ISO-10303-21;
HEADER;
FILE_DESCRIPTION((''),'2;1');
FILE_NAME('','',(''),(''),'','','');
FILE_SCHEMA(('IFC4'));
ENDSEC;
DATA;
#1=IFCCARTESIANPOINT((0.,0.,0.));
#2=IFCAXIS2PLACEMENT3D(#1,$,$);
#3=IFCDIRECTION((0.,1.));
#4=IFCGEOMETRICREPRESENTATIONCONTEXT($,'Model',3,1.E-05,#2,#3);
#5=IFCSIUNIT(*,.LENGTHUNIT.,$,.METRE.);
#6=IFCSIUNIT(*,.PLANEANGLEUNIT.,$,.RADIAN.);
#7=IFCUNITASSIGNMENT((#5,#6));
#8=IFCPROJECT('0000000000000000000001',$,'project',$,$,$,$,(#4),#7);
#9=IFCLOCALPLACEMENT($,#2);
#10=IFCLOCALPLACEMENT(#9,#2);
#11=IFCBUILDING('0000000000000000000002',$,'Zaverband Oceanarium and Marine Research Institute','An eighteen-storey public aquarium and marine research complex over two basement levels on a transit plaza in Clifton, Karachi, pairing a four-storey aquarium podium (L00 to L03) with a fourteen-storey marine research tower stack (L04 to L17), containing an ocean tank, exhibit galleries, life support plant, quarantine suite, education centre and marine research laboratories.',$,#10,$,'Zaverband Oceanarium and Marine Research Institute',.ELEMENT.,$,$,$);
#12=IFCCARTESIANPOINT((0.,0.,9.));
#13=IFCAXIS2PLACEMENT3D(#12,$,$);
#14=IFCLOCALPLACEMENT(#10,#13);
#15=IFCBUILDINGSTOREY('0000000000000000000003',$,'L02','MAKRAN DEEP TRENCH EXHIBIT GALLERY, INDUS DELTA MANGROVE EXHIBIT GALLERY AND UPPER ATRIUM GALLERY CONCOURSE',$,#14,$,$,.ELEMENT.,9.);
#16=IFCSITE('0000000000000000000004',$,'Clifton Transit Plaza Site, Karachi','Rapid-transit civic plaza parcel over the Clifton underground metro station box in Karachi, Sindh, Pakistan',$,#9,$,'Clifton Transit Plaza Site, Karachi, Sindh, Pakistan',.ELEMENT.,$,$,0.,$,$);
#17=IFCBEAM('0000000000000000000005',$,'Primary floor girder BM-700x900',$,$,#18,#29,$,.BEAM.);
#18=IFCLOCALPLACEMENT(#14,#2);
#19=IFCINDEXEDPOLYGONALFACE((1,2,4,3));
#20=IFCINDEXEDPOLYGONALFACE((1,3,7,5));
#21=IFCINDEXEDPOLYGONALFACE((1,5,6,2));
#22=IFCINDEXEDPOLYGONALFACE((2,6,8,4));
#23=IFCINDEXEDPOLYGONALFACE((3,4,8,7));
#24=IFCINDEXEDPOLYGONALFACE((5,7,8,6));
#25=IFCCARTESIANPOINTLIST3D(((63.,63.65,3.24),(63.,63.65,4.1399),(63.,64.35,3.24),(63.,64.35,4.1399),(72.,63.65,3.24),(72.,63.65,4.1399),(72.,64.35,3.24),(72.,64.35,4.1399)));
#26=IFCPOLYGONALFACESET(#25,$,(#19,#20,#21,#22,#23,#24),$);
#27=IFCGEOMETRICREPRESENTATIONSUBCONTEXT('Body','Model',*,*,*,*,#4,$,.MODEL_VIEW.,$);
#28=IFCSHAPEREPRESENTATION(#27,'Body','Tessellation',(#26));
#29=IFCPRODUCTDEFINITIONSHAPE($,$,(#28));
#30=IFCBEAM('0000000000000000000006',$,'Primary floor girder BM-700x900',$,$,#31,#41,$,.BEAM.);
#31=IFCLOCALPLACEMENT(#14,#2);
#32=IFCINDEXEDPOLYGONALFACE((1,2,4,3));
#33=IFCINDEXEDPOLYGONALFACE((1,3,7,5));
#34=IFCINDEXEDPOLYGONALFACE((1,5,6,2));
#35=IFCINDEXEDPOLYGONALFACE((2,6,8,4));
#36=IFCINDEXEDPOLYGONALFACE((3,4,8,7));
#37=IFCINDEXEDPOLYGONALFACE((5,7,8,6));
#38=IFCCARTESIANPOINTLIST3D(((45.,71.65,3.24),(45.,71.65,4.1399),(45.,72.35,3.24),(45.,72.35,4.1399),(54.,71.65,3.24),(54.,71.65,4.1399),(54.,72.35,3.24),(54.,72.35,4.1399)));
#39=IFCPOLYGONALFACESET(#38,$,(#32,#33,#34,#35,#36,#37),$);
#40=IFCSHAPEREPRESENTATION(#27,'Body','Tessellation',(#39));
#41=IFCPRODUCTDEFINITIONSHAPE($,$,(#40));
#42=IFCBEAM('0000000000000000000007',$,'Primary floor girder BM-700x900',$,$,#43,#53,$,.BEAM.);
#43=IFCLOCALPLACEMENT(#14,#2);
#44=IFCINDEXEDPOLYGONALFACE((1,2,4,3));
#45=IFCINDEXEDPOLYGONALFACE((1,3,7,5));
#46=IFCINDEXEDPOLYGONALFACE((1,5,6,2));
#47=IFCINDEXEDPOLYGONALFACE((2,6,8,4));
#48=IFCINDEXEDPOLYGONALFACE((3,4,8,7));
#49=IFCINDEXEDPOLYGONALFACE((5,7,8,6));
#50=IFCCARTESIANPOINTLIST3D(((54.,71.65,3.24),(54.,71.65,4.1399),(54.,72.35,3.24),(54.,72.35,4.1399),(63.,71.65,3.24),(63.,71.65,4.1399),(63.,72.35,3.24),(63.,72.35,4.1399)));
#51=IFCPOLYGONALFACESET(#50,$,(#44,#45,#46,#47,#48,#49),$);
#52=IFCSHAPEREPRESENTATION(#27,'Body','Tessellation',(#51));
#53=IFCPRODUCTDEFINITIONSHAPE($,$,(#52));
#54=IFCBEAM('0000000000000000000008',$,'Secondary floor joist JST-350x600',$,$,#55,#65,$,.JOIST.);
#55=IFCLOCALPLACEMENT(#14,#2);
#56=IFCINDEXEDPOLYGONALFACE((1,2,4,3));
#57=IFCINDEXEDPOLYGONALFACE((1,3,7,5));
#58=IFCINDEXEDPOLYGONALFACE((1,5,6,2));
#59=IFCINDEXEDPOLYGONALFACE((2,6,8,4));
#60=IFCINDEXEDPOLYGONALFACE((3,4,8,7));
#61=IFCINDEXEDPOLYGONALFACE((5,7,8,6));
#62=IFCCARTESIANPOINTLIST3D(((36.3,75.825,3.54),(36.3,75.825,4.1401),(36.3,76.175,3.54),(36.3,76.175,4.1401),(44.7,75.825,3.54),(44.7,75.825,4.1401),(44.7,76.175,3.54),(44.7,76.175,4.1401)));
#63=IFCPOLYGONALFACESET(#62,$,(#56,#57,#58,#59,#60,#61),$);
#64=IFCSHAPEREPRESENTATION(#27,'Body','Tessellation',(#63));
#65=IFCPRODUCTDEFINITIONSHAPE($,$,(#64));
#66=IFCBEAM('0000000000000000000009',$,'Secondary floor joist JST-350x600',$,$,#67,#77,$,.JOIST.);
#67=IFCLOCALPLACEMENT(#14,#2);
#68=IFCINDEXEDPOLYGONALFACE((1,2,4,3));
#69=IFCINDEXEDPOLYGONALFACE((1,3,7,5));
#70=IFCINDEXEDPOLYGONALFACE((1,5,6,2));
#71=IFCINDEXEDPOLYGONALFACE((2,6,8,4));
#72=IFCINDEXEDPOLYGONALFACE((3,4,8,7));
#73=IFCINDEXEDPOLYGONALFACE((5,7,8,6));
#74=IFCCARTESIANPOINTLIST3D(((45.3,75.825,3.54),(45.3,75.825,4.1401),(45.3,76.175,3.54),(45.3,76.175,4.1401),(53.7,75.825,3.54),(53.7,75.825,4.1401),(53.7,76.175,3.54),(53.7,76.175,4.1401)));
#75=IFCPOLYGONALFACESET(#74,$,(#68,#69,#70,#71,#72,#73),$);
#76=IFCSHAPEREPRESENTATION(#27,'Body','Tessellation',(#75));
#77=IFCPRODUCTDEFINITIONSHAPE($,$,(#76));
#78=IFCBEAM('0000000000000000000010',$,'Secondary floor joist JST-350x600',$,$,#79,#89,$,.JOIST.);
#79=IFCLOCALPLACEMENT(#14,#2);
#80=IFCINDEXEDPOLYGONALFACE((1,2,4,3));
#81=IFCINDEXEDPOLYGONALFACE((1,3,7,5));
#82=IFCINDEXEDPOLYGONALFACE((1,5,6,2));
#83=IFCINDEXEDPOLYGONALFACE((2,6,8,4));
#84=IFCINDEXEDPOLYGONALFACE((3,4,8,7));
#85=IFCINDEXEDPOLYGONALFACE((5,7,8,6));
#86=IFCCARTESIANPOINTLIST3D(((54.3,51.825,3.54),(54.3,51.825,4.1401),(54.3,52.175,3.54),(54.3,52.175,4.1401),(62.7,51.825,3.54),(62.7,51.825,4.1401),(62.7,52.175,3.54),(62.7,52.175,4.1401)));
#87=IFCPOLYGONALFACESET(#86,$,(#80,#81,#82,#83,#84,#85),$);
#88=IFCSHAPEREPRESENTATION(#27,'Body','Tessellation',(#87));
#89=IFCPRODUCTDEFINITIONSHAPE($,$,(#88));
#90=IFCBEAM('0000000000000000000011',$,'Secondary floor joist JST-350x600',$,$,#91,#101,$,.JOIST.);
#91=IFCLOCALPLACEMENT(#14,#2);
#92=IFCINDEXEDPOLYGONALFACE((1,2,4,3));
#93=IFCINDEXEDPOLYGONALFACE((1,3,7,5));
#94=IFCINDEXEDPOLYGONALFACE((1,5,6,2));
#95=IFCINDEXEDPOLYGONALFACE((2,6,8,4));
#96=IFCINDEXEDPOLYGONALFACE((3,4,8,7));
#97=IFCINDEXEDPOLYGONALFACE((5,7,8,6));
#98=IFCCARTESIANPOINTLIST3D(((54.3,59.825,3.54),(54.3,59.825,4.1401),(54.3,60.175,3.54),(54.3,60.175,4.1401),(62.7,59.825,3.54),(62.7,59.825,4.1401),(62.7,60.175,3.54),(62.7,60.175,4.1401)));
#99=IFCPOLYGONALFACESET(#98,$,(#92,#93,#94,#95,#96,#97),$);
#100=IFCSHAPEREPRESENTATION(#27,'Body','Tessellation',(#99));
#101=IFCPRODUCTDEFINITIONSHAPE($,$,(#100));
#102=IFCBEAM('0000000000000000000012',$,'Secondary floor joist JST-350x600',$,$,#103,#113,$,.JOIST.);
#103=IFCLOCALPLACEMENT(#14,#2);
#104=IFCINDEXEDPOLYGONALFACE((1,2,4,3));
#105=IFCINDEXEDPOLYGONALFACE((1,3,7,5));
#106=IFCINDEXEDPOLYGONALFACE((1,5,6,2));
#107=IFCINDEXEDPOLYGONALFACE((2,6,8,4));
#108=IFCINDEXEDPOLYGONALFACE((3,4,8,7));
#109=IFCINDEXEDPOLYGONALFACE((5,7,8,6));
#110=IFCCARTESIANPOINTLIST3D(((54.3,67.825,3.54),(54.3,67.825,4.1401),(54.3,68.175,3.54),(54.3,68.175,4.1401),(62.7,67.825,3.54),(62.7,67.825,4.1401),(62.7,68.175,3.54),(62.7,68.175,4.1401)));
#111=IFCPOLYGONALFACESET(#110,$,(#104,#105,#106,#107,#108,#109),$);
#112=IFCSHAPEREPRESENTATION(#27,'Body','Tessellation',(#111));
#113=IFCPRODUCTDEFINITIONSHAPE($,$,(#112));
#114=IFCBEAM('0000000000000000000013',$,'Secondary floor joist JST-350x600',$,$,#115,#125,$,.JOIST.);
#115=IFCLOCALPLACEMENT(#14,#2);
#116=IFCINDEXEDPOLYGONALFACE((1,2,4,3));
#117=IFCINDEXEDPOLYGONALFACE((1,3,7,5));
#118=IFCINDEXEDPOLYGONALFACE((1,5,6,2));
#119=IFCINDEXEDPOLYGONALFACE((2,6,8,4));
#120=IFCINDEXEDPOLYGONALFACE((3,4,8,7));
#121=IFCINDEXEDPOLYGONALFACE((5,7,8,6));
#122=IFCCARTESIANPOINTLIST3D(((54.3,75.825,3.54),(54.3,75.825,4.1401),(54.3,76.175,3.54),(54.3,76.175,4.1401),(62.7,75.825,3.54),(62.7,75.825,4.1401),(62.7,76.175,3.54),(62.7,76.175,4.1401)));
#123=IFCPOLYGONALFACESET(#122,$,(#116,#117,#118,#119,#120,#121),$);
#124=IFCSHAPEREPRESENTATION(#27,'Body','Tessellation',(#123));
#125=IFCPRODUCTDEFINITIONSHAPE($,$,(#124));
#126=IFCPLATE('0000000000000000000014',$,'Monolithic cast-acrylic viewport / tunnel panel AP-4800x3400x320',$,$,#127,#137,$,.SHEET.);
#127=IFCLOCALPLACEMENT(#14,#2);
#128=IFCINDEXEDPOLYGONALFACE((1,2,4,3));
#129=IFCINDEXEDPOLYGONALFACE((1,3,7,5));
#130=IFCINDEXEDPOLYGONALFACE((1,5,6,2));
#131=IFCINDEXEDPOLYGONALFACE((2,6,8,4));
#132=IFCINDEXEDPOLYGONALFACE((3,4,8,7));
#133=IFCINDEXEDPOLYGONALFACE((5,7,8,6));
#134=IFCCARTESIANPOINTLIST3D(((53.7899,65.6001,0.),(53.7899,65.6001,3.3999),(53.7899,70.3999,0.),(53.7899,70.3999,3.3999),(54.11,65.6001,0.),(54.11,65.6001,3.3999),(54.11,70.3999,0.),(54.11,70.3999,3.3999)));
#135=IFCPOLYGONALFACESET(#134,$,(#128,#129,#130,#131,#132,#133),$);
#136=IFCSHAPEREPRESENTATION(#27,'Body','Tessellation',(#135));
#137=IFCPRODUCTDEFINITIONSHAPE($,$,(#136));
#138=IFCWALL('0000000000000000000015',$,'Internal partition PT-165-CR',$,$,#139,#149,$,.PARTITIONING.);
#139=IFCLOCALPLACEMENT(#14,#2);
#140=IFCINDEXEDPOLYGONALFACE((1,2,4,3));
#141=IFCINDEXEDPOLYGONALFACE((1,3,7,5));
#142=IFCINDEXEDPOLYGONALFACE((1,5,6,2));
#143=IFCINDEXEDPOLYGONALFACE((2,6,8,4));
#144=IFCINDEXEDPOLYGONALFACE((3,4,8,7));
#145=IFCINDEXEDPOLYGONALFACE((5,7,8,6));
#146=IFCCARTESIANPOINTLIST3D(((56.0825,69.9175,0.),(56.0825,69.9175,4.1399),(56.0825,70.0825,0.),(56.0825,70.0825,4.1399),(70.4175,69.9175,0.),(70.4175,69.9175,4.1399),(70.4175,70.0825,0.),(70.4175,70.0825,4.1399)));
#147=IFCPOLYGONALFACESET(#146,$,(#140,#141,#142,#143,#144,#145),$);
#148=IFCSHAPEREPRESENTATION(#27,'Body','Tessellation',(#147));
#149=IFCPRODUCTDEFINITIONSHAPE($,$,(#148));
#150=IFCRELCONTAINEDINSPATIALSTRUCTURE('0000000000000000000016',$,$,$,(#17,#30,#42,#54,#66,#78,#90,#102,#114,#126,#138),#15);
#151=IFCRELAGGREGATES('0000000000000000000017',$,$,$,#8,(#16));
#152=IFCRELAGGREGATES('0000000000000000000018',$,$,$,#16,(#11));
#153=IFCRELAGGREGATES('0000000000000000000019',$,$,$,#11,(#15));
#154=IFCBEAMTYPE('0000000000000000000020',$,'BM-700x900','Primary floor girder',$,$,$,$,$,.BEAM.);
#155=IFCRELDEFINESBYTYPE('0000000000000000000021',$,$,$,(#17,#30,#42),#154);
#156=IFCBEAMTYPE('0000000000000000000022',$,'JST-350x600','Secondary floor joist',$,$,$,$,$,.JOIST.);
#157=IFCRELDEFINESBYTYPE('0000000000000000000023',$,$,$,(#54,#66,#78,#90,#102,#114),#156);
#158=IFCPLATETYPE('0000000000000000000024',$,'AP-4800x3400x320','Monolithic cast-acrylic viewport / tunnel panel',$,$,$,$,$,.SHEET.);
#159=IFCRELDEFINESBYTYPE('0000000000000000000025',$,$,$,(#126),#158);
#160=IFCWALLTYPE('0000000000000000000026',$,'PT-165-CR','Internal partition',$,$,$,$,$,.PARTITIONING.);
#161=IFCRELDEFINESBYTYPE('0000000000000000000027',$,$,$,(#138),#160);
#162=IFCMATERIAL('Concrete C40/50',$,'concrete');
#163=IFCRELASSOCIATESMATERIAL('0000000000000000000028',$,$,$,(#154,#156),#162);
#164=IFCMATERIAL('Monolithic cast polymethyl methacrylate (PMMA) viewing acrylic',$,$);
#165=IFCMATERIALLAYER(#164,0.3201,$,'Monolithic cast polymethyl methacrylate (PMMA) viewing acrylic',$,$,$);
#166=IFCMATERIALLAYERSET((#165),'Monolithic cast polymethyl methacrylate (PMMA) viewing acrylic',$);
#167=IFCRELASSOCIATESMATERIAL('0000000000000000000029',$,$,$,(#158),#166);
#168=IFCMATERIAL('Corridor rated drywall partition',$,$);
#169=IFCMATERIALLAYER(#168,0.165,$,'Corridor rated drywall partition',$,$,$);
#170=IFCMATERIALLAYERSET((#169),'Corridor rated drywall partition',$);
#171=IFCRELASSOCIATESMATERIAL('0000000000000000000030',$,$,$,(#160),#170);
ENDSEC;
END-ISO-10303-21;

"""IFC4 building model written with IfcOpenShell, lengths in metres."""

from ifc_helpers import new_model, si_unit, direction, frame, frame_2d, origin, origin_2d, place, context, subcontext, project, spatial, rectangle, extrude, material, layer, layer_set, material_profile, profile_set, type_object, element, save


model = new_model("IFC4")

# Units and contexts
model_context = context("Model", 3, precision=1e-05, world=origin(), true_north=direction((0.0, 1.0)))
body_context = subcontext(model_context, "Body", "Model", "MODEL_VIEW")
ifc_project = project(units=[si_unit("LENGTHUNIT", "METRE"), si_unit("PLANEANGLEUNIT", "RADIAN")], contexts=[model_context])

# Site, building, storey
site_placement = place(None, origin())
site = spatial("IfcSite", under=ifc_project, at=site_placement, Name="Clifton Transit Plaza Site, Karachi", Description="Rapid-transit civic plaza parcel over the Clifton underground metro station box in Karachi, Sindh, Pakistan", LongName="Clifton Transit Plaza Site, Karachi, Sindh, Pakistan", CompositionType="ELEMENT", RefElevation=0.0)
building_placement = place(site_placement, origin())
building = spatial("IfcBuilding", under=site, at=building_placement, Name="Zaverband Oceanarium and Marine Research Institute", Description="An eighteen-storey public aquarium and marine research complex over two basement levels on a transit plaza in Clifton, Karachi, pairing a four-storey aquarium podium (L00 to L03) with a fourteen-storey marine research tower stack (L04 to L17), containing an ocean tank, exhibit galleries, life support plant, quarantine suite, education centre and marine research laboratories.", LongName="Zaverband Oceanarium and Marine Research Institute", CompositionType="ELEMENT")
storey_placement = place(building_placement, frame((0.0, 0.0, 9.0)))
storey = spatial("IfcBuildingStorey", under=building, at=storey_placement, Name="L02", Description="MAKRAN DEEP TRENCH EXHIBIT GALLERY, INDUS DELTA MANGROVE EXHIBIT GALLERY AND UPPER ATRIUM GALLERY CONCOURSE", CompositionType="ELEMENT", Elevation=9.0)

# Beams
ifc_material_1 = material(Name="Concrete C40/50", Category="concrete")
ifc_material_profile_1 = material_profile(ifc_material_1, rectangle(XDim=0.7, YDim=0.8999, at=origin_2d()), Name="RC700x900")
ifc_profile_set_1 = profile_set([ifc_material_profile_1], Name="Concrete C40/50")
beam_type_1 = type_object("IfcBeamType", Name="BM-700x900", Description="Primary floor girder", PredefinedType="BEAM", material=ifc_profile_set_1)
for number, where, z_axis, x_axis, name in (
    (1, (63.0, 64.0, 3.6899), (1.0, 0.0, 0.0), (0.0, 1.0, 0.0), "Primary floor girder BM-700x900"),
    (2, (45.0, 72.0, 3.6899), (1.0, 0.0, 0.0), (0.0, 1.0, 0.0), "Primary floor girder BM-700x900"),
    (3, (54.0, 72.0, 3.6899), (1.0, 0.0, 0.0), (0.0, 1.0, 0.0), "Primary floor girder BM-700x900"),
):
    element("IfcBeam", number, at=place(storey_placement, frame(where, z_axis=z_axis, x_axis=x_axis)), inside=storey, type_object=beam_type_1, Name=name, PredefinedType="BEAM", context=body_context, shape_type="SweptSolid", body=[
        extrude(rectangle(XDim=0.7, YDim=0.8999, at=origin_2d()), origin(), (0.0, 0.0, 1.0), 9.0),
    ])
ifc_material_profile_2 = material_profile(ifc_material_1, rectangle(XDim=0.3501, YDim=0.6001, at=origin_2d()), Name="RC350x600")
ifc_profile_set_2 = profile_set([ifc_material_profile_2], Name="Concrete C40/50")
beam_type_2 = type_object("IfcBeamType", Name="JST-350x600", Description="Secondary floor joist", PredefinedType="JOIST", material=ifc_profile_set_2)
for number, where, z_axis, x_axis, name in (
    (4, (36.3, 76.0, 3.8401), (1.0, 0.0, 0.0), (0.0, 1.0, 0.0), "Secondary floor joist JST-350x600"),
    (5, (45.3, 76.0, 3.8401), (1.0, 0.0, 0.0), (0.0, 1.0, 0.0), "Secondary floor joist JST-350x600"),
    (6, (54.3, 52.0, 3.8401), (1.0, 0.0, 0.0), (0.0, 1.0, 0.0), "Secondary floor joist JST-350x600"),
    (7, (54.3, 60.0, 3.8401), (1.0, 0.0, 0.0), (0.0, 1.0, 0.0), "Secondary floor joist JST-350x600"),
    (8, (54.3, 68.0, 3.8401), (1.0, 0.0, 0.0), (0.0, 1.0, 0.0), "Secondary floor joist JST-350x600"),
    (9, (54.3, 76.0, 3.8401), (1.0, 0.0, 0.0), (0.0, 1.0, 0.0), "Secondary floor joist JST-350x600"),
):
    element("IfcBeam", number, at=place(storey_placement, frame(where, z_axis=z_axis, x_axis=x_axis)), inside=storey, type_object=beam_type_2, Name=name, PredefinedType="JOIST", context=body_context, shape_type="SweptSolid", body=[
        extrude(rectangle(XDim=0.3501, YDim=0.6001, at=origin_2d()), origin(), (0.0, 0.0, 1.0), 8.3999),
    ])

# Plate
ifc_material_2 = material(Name="Monolithic cast polymethyl methacrylate (PMMA) viewing acrylic")
ifc_layer_1 = layer(ifc_material_2, 0.3201, Name="Monolithic cast polymethyl methacrylate (PMMA) viewing acrylic")
ifc_layer_set_1 = layer_set([ifc_layer_1], Name="Monolithic cast polymethyl methacrylate (PMMA) viewing acrylic")
plate_type = type_object("IfcPlateType", Name="AP-4800x3400x320", Description="Monolithic cast-acrylic viewport / tunnel panel", PredefinedType="SHEET", material=ifc_layer_set_1)
plate_placement = place(storey_placement, frame((53.95, 65.6001, 0.0), z_axis=(0.0, 0.0, 1.0), x_axis=(0.0, 1.0, 0.0)))
element("IfcPlate", 10, at=plate_placement, inside=storey, type_object=plate_type, Name="Monolithic cast-acrylic viewport / tunnel panel AP-4800x3400x320", PredefinedType="SHEET", context=body_context, shape_type="SweptSolid", body=[
    extrude(rectangle(XDim=4.7998, YDim=0.3201, at=frame_2d((2.3999, 0.0))), origin(), (0.0, 0.0, 1.0), 3.3999),
])

# Wall
ifc_material_3 = material(Name="Corridor rated drywall partition")
ifc_layer_2 = layer(ifc_material_3, 0.165, Name="Corridor rated drywall partition")
ifc_layer_set_2 = layer_set([ifc_layer_2], Name="Corridor rated drywall partition")
wall_type = type_object("IfcWallType", Name="PT-165-CR", Description="Internal partition", PredefinedType="PARTITIONING", material=ifc_layer_set_2)
wall_placement = place(storey_placement, frame((56.0825, 70.0, 0.0), z_axis=(0.0, 0.0, 1.0), x_axis=(1.0, 0.0, 0.0)))
element("IfcWall", 11, at=wall_placement, inside=storey, type_object=wall_type, Name="Internal partition PT-165-CR", PredefinedType="PARTITIONING", context=body_context, shape_type="SweptSolid", body=[
    extrude(rectangle(XDim=14.335, YDim=0.165, at=frame_2d((7.1675, 0.0))), origin(), (0.0, 0.0, 1.0), 4.1399),
])

save(model, "model.ifc")
